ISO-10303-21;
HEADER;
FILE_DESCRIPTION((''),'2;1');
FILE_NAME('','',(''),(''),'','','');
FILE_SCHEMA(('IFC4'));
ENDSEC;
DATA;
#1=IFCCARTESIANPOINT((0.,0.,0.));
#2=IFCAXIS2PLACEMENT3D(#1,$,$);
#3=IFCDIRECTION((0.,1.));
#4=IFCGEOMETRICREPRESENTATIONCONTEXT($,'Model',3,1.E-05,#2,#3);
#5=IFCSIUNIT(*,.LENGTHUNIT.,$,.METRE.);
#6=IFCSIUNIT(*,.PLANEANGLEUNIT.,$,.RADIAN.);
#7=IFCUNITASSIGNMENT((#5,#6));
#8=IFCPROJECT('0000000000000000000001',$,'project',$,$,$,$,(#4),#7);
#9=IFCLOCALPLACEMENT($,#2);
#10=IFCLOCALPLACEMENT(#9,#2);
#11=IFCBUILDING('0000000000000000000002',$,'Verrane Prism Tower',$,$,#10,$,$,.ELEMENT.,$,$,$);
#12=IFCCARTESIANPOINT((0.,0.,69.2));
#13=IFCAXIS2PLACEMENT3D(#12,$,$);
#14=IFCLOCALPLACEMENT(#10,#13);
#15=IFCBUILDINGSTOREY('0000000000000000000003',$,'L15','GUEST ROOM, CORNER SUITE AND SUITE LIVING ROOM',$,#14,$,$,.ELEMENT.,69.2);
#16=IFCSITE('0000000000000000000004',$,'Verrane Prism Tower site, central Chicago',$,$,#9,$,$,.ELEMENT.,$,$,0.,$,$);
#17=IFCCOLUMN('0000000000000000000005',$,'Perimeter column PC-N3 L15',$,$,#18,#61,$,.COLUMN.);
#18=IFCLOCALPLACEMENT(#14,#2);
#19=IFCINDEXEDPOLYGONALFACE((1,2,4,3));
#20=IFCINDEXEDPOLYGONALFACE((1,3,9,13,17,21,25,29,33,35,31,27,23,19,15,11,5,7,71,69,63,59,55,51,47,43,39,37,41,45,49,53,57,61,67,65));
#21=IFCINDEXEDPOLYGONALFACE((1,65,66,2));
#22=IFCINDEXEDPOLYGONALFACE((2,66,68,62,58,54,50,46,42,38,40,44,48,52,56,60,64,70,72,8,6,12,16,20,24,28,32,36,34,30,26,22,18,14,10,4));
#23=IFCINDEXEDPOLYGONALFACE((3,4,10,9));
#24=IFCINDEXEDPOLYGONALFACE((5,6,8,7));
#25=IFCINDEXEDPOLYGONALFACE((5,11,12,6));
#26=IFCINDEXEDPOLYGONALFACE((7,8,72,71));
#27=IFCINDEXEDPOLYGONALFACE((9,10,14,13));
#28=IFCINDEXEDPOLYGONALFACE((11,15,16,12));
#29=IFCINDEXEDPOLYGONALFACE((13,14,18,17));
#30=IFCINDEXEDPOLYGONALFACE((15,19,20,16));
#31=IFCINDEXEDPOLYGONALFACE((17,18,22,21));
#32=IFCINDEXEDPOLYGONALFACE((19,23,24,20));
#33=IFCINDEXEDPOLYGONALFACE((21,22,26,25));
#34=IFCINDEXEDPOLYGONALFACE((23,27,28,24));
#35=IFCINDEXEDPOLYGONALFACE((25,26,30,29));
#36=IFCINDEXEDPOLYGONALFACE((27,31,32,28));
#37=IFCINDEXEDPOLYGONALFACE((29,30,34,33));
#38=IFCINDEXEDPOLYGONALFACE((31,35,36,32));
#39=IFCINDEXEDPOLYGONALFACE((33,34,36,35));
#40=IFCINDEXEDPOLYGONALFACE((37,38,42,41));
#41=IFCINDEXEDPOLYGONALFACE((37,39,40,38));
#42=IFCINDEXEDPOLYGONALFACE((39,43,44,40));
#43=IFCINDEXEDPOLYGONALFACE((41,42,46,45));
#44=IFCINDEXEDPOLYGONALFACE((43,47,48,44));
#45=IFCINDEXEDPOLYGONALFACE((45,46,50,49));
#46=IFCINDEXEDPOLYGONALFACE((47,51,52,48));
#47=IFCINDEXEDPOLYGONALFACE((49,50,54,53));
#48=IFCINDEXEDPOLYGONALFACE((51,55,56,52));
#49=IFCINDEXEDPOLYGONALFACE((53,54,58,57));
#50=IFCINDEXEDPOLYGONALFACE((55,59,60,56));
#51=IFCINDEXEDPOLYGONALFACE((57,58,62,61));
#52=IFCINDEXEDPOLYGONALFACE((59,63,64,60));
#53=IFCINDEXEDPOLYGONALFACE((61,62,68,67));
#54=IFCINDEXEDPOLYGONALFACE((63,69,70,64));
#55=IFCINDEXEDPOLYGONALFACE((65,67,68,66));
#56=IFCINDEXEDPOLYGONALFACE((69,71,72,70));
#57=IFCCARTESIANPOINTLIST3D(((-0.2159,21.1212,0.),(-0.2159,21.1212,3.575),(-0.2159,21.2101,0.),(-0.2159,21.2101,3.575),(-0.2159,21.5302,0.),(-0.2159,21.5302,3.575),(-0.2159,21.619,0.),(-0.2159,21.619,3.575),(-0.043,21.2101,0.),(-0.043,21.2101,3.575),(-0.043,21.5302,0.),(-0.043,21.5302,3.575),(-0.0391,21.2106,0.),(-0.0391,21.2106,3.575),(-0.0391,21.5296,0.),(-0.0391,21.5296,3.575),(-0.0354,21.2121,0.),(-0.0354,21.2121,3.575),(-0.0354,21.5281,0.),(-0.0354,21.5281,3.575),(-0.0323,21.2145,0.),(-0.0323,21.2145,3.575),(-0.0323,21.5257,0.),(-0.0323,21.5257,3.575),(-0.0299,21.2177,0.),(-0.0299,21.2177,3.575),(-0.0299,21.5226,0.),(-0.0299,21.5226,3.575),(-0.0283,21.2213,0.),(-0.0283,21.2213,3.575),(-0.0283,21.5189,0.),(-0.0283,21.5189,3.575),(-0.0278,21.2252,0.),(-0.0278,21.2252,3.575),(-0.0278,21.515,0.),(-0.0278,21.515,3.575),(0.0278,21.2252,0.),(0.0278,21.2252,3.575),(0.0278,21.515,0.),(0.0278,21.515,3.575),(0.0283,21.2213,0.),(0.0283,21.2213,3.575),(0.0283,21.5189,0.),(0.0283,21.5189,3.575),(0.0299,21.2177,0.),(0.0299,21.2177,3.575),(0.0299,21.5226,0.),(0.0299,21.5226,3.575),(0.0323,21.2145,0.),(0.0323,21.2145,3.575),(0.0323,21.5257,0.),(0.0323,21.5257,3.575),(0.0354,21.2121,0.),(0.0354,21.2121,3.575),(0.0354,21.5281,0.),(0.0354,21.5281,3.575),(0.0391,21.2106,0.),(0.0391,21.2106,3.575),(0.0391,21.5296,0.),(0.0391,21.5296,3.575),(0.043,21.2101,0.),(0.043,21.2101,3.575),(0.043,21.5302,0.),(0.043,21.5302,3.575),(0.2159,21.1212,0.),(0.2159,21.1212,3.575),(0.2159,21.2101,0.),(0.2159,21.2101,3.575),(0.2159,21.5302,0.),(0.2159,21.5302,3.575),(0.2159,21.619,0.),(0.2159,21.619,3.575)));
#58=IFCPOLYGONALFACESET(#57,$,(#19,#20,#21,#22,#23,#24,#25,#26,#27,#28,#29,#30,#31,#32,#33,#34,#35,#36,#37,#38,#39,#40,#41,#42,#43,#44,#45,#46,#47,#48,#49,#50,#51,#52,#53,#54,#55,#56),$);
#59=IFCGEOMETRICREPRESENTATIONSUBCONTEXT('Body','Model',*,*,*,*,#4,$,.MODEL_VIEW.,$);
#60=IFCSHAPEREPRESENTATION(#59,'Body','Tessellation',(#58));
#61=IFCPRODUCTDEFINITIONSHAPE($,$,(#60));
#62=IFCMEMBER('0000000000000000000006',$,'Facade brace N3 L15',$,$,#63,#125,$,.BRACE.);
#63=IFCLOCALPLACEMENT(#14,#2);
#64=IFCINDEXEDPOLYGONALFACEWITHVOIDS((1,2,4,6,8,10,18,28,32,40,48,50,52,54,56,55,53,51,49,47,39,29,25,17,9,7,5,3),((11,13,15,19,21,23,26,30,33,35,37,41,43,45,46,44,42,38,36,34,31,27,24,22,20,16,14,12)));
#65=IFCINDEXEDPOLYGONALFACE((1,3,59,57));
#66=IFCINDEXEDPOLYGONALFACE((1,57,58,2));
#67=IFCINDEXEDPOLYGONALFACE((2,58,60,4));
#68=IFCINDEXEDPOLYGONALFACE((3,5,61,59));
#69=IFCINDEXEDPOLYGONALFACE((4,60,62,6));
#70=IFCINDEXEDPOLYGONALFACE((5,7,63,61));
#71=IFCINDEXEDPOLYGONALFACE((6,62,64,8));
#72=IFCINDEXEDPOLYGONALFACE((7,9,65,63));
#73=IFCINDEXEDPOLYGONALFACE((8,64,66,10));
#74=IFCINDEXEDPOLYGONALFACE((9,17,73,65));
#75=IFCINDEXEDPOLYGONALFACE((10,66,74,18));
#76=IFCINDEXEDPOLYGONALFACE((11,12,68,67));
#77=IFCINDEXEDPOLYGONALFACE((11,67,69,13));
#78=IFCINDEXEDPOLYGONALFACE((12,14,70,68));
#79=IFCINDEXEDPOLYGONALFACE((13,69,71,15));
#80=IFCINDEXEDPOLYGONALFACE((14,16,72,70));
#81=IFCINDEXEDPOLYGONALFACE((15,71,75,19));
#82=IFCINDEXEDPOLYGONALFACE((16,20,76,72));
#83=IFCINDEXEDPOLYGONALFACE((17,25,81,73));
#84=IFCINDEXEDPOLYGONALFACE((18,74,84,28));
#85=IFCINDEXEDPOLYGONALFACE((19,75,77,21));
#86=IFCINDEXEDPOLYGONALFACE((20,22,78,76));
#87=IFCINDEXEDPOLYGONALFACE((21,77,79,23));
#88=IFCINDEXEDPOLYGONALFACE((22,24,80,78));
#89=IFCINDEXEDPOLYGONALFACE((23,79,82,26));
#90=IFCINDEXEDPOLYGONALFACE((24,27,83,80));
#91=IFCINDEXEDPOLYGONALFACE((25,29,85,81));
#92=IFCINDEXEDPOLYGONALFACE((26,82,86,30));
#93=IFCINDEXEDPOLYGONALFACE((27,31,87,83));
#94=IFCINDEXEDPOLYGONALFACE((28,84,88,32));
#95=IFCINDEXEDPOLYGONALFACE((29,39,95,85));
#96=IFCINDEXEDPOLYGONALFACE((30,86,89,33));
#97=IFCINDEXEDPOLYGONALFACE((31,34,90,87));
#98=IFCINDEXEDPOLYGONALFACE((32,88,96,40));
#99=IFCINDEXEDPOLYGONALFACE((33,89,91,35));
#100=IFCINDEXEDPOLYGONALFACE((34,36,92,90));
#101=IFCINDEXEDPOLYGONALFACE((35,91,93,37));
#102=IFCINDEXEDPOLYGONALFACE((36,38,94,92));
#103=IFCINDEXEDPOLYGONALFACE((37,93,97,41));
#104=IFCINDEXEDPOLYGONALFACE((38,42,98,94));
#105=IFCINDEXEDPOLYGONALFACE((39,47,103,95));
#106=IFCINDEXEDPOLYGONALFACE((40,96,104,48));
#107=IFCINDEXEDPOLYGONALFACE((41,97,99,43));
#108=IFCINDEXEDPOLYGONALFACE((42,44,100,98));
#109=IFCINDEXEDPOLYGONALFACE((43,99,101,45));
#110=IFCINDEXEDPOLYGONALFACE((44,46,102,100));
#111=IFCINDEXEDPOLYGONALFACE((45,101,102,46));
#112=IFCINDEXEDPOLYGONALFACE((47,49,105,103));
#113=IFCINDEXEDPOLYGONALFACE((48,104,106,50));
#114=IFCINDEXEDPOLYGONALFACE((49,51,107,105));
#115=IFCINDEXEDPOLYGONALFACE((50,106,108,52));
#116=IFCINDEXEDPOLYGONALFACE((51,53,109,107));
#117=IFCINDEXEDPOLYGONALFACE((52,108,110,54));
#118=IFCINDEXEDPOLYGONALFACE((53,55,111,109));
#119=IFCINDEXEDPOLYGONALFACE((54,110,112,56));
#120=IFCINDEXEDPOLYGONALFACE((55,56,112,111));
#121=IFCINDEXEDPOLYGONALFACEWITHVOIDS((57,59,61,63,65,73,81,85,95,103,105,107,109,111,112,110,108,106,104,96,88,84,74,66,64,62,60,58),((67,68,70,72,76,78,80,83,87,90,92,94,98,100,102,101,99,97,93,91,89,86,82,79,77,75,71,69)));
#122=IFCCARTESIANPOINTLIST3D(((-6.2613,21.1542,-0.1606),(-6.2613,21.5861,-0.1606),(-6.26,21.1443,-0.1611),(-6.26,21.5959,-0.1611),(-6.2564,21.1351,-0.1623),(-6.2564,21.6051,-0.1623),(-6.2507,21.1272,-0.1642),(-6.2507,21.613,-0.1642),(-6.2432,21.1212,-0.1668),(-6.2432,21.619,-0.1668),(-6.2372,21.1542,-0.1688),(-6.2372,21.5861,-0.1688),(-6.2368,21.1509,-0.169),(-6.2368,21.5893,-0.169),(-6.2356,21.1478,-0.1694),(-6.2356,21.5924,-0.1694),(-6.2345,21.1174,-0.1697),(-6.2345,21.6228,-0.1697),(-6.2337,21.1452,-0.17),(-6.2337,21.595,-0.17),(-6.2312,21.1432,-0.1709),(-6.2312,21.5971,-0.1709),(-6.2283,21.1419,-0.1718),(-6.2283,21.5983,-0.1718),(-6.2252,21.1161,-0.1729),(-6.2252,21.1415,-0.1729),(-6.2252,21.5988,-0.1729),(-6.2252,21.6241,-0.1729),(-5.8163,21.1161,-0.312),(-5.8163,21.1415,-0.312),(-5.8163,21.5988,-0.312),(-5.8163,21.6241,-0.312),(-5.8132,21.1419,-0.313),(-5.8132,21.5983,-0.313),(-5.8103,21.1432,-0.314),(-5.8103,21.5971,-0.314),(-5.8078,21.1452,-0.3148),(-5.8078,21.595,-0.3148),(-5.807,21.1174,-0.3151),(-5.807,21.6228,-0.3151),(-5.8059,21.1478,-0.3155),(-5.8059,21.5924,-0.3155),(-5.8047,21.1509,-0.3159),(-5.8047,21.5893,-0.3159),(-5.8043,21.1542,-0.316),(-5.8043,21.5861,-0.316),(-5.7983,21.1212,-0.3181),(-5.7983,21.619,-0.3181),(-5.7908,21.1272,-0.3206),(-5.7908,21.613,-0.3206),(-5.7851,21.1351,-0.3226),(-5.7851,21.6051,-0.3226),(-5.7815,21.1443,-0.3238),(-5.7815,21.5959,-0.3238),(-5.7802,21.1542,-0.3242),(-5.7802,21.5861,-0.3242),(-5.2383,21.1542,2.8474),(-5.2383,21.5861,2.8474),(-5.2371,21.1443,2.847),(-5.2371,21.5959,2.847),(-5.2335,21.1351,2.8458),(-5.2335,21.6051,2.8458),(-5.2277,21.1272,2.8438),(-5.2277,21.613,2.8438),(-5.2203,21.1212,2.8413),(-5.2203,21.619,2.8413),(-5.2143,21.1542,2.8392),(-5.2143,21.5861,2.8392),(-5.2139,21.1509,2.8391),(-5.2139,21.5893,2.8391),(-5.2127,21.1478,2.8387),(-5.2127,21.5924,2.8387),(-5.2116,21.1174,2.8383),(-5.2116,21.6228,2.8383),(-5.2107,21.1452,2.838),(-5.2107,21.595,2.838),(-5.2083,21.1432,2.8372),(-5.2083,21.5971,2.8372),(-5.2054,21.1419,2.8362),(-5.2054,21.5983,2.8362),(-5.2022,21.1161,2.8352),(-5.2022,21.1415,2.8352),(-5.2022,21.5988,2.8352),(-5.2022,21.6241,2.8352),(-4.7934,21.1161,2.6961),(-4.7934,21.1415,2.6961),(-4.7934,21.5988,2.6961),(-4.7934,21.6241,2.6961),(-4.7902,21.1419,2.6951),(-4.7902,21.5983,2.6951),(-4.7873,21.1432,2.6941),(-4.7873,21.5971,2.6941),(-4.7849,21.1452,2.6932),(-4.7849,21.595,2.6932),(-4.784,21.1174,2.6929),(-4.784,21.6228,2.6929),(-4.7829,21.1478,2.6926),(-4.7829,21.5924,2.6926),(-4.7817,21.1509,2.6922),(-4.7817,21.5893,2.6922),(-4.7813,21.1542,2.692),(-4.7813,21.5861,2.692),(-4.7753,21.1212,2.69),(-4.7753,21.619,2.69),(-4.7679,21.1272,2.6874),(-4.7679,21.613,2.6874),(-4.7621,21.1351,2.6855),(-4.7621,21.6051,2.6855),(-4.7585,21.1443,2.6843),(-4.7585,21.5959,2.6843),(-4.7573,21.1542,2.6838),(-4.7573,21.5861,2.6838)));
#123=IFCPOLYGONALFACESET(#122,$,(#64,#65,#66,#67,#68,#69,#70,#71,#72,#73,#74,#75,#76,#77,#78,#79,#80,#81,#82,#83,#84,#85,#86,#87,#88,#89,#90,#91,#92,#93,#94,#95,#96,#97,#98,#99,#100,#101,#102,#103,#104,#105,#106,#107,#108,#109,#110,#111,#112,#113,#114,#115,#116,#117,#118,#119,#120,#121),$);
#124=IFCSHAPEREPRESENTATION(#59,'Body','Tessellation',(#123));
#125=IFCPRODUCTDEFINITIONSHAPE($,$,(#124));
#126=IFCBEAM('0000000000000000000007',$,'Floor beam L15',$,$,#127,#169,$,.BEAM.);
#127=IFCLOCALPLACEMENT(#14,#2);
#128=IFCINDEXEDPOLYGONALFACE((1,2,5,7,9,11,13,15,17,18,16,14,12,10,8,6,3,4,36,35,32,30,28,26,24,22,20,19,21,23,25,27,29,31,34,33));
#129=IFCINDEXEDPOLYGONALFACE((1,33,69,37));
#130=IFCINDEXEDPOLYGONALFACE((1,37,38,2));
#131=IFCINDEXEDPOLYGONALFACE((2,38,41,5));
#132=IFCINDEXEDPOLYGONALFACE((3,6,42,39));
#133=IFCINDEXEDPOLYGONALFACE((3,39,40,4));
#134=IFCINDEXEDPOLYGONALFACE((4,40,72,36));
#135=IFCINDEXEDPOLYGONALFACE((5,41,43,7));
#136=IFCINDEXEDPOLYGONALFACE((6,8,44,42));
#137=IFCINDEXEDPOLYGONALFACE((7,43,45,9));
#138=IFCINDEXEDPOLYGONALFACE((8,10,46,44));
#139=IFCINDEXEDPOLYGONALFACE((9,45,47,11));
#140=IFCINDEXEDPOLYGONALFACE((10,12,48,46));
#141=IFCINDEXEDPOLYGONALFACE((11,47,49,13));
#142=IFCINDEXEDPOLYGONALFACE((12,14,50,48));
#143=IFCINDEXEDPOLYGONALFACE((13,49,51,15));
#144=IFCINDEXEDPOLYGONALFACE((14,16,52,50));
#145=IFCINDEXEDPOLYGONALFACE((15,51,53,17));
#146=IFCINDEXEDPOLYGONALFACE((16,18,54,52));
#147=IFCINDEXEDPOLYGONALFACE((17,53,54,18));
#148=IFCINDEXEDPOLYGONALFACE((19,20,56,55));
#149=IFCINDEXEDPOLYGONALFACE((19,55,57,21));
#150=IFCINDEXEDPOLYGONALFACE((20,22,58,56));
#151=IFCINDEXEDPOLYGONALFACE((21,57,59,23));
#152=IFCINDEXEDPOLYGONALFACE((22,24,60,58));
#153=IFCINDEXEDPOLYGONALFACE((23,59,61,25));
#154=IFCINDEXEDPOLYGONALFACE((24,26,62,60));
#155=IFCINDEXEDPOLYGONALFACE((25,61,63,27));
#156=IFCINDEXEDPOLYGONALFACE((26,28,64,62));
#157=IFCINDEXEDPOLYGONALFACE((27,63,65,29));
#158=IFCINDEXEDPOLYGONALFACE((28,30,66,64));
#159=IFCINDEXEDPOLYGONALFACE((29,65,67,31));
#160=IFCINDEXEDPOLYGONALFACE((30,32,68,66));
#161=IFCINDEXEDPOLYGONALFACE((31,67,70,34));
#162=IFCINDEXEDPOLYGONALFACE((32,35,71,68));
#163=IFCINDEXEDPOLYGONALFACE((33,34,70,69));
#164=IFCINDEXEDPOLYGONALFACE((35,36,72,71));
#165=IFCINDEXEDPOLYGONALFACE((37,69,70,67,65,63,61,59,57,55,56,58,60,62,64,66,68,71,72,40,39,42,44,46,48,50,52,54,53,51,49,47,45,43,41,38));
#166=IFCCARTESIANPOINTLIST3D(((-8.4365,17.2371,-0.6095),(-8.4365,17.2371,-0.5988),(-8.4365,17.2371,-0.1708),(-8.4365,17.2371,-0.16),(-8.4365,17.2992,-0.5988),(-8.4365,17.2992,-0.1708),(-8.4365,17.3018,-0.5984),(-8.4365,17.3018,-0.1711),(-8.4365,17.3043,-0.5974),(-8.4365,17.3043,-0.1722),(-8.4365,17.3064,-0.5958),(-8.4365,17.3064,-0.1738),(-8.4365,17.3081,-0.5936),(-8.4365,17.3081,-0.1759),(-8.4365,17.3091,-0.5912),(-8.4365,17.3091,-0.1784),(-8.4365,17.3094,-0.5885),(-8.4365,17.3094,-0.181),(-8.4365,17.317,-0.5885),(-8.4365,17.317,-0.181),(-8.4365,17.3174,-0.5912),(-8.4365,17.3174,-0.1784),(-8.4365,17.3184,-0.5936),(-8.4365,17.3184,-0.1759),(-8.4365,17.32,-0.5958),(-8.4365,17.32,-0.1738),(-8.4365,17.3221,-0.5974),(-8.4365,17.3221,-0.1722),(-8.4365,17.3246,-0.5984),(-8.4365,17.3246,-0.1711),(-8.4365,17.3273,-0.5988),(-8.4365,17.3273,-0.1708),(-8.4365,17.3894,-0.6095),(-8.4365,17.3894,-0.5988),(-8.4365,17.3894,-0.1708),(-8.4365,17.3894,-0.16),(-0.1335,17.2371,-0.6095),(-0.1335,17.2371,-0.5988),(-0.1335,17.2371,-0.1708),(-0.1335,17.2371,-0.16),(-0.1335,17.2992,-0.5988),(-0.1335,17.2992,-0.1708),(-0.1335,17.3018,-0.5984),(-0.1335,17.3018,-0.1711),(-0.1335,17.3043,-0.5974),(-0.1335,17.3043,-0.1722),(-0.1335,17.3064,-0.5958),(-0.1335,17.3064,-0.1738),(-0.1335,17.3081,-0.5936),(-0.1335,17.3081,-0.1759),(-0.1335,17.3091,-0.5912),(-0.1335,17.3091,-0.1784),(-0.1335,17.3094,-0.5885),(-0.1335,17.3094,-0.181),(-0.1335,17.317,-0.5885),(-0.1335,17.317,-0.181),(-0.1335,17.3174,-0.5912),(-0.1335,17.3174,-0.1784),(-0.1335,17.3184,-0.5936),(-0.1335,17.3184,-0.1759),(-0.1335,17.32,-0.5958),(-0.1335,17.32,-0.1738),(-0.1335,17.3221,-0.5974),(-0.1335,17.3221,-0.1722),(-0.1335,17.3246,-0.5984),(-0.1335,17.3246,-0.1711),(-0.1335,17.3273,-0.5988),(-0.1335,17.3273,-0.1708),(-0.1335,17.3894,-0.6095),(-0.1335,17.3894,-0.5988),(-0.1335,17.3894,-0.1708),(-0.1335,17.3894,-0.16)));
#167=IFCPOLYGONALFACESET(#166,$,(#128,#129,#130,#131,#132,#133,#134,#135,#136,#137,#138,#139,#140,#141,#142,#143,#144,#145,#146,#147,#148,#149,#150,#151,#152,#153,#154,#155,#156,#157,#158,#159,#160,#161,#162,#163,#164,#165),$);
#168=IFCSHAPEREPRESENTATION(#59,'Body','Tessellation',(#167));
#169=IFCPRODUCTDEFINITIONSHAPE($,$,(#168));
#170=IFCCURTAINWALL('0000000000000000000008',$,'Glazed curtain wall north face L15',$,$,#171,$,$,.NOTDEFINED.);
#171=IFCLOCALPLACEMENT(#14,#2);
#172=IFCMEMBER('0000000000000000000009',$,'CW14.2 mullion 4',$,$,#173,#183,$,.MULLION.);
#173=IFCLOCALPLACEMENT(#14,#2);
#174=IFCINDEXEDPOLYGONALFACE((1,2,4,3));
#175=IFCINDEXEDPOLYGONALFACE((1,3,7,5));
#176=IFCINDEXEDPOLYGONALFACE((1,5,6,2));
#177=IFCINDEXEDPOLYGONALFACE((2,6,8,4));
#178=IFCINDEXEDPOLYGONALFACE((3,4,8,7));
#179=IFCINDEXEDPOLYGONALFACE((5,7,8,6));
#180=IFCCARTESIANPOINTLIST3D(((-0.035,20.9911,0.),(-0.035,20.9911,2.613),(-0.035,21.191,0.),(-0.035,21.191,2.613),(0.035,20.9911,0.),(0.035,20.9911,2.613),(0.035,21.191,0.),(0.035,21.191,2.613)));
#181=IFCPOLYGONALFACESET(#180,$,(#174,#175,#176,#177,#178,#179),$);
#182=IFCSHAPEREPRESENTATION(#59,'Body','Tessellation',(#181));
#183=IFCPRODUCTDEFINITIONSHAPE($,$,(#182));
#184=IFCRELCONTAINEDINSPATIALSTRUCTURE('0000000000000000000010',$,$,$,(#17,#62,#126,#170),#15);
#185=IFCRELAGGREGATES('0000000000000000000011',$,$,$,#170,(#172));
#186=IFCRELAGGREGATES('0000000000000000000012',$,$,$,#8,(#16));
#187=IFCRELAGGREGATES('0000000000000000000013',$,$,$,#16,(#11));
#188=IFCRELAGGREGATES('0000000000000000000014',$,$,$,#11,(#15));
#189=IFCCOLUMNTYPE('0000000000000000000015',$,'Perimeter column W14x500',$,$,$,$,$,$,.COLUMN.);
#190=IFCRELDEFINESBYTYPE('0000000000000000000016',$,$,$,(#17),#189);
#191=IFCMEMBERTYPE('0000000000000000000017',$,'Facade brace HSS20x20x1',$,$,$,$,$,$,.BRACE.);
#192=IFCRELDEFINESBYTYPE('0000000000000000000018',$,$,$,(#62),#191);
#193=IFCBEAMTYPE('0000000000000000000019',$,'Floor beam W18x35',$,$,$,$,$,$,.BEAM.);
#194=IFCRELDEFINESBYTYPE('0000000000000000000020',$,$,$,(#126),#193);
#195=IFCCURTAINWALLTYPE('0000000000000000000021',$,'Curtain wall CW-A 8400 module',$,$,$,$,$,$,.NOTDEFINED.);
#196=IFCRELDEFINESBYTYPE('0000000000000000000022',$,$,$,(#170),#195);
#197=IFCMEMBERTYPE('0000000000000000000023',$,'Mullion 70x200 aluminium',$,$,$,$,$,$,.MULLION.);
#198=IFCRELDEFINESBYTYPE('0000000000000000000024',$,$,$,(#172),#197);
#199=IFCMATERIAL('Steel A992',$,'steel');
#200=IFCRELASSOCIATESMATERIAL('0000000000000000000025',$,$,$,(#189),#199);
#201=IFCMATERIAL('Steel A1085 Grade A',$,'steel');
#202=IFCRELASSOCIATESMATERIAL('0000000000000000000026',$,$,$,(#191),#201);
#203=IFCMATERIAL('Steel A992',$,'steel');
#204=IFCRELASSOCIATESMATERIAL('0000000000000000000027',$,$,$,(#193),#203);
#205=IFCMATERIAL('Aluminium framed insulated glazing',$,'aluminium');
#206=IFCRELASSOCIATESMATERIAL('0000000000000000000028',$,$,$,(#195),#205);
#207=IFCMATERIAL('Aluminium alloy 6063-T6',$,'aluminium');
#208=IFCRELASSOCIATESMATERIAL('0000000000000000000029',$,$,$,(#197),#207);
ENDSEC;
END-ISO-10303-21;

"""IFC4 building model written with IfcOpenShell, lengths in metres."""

from ifc_helpers import new_model, si_unit, direction, frame, origin, origin_2d, place, context, subcontext, project, spatial, rectangle, hollow_rectangle, i_section, extrude, material, material_profile, profile_set, type_object, element, aggregate, save


model = new_model("IFC4")

# Units and contexts
model_context = context("Model", 3, precision=1e-05, world=origin(), true_north=direction((0.0, 1.0)))
body_context = subcontext(model_context, "Body", "Model", "MODEL_VIEW")
ifc_project = project(units=[si_unit("LENGTHUNIT", "METRE"), si_unit("PLANEANGLEUNIT", "RADIAN")], contexts=[model_context])

# Site, building, storey
site_placement = place(None, origin())
site = spatial("IfcSite", under=ifc_project, at=site_placement, Name="Verrane Prism Tower site, central Chicago", CompositionType="ELEMENT", RefElevation=0.0)
building_placement = place(site_placement, origin())
building = spatial("IfcBuilding", under=site, at=building_placement, Name="Verrane Prism Tower", CompositionType="ELEMENT")
storey_placement = place(building_placement, frame((0.0, 0.0, 69.2)))
storey = spatial("IfcBuildingStorey", under=building, at=storey_placement, Name="L15", Description="GUEST ROOM, CORNER SUITE AND SUITE LIVING ROOM", CompositionType="ELEMENT", Elevation=69.2)

# Column
ifc_material_1 = material(Name="Steel A992", Category="steel")
ifc_material_profile_1 = material_profile(ifc_material_1, i_section(OverallWidth=0.4319, OverallDepth=0.4978, WebThickness=0.0557, FlangeThickness=0.0889, FilletRadius=0.0151, at=origin_2d()), Name="W14x500")
ifc_profile_set_1 = profile_set([ifc_material_profile_1], Name="Steel A992")
column_type = type_object("IfcColumnType", Name="Perimeter column W14x500", PredefinedType="COLUMN", material=ifc_profile_set_1)
column_placement = place(storey_placement, frame((0.0, 21.3701, 0.0), z_axis=(0.0, 0.0, 1.0), x_axis=(1.0, 0.0, 0.0)))
element("IfcColumn", 1, at=column_placement, inside=storey, type_object=column_type, Name="Perimeter column PC-N3 L15", PredefinedType="COLUMN", context=body_context, shape_type="SweptSolid", body=[
    extrude(i_section(OverallWidth=0.4319, OverallDepth=0.4978, WebThickness=0.0557, FlangeThickness=0.0889, FilletRadius=0.0151, at=origin_2d()), origin(), (0.0, 0.0, 1.0), 3.575),
])

# Member
ifc_material_2 = material(Name="Steel A1085 Grade A", Category="steel")
ifc_material_profile_2 = material_profile(ifc_material_2, hollow_rectangle(XDim=0.5081, YDim=0.5081, WallThickness=0.0254, InnerFilletRadius=0.0127, OuterFilletRadius=0.0381, at=origin_2d()), Name="HSS20x20x1")
ifc_profile_set_2 = profile_set([ifc_material_profile_2], Name="Steel A1085 Grade A")
member_type_1 = type_object("IfcMemberType", Name="Facade brace HSS20x20x1", PredefinedType="BRACE", material=ifc_profile_set_2)
member_1_placement = place(storey_placement, frame((-6.0208, 21.3701, -0.2424), z_axis=(0.321962, 0.0, 0.946753), x_axis=(0.0, 1.0, 0.0)))
element("IfcMember", 2, at=member_1_placement, inside=storey, type_object=member_type_1, Name="Facade brace N3 L15", PredefinedType="BRACE", context=body_context, shape_type="SweptSolid", body=[
    extrude(hollow_rectangle(XDim=0.5081, YDim=0.5081, WallThickness=0.0254, InnerFilletRadius=0.0127, OuterFilletRadius=0.0381, at=origin_2d()), origin(), (0.0, 0.0, 1.0), 3.1772),
])

# Beam
ifc_material_3 = material(Name="Steel A992", Category="steel")
ifc_material_profile_3 = material_profile(ifc_material_3, i_section(OverallWidth=0.1523, OverallDepth=0.4495, WebThickness=0.0076, FlangeThickness=0.0107, FilletRadius=0.0103, at=origin_2d()), Name="W18x35")
ifc_profile_set_3 = profile_set([ifc_material_profile_3], Name="Steel A992")
beam_type_1 = type_object("IfcBeamType", Name="Floor beam W18x35", PredefinedType="BEAM", material=ifc_profile_set_3)
beam_1_placement = place(storey_placement, frame((-8.4365, 17.3132, -0.3848), z_axis=(1.0, 0.0, 0.0), x_axis=(0.0, 1.0, 0.0)))
element("IfcBeam", 3, at=beam_1_placement, inside=storey, type_object=beam_type_1, Name="Floor beam L15", PredefinedType="BEAM", context=body_context, shape_type="SweptSolid", body=[
    extrude(i_section(OverallWidth=0.1523, OverallDepth=0.4495, WebThickness=0.0076, FlangeThickness=0.0107, FilletRadius=0.0103, at=origin_2d()), origin(), (0.0, 0.0, 1.0), 8.303),
])

# Curtain wall, member
ifc_material_4 = material(Name="Aluminium framed insulated glazing", Category="aluminium")
curtain_wall_type = type_object("IfcCurtainWallType", Name="Curtain wall CW-A 8400 module", PredefinedType="NOTDEFINED", material=ifc_material_4)
curtain_wall_placement = place(storey_placement, origin())
curtain_wall = element("IfcCurtainWall", 4, at=curtain_wall_placement, inside=storey, type_object=curtain_wall_type, Name="Glazed curtain wall north face L15", PredefinedType="NOTDEFINED")
ifc_material_5 = material(Name="Aluminium alloy 6063-T6", Category="aluminium")
ifc_material_profile_4 = material_profile(ifc_material_5, rectangle(XDim=0.2, YDim=0.0701, at=origin_2d()), Name="Mullion 70x200 aluminium")
ifc_profile_set_4 = profile_set([ifc_material_profile_4], Name="Aluminium alloy 6063-T6")
member_type_2 = type_object("IfcMemberType", Name="Mullion 70x200 aluminium", PredefinedType="MULLION", material=ifc_profile_set_4)
member_2_placement = place(storey_placement, frame((0.0, 21.0911, 0.0), z_axis=(0.0, 0.0, 1.0), x_axis=(0.0, -1.0, 0.0)))
member_2 = element("IfcMember", 5, at=member_2_placement, type_object=member_type_2, Name="CW14.2 mullion 4", PredefinedType="MULLION", context=body_context, shape_type="SweptSolid", body=[
    extrude(rectangle(XDim=0.2, YDim=0.0701, at=origin_2d()), origin(), (0.0, 0.0, 1.0), 2.613),
])

aggregate(curtain_wall, [member_2])

save(model, "model.ifc")
